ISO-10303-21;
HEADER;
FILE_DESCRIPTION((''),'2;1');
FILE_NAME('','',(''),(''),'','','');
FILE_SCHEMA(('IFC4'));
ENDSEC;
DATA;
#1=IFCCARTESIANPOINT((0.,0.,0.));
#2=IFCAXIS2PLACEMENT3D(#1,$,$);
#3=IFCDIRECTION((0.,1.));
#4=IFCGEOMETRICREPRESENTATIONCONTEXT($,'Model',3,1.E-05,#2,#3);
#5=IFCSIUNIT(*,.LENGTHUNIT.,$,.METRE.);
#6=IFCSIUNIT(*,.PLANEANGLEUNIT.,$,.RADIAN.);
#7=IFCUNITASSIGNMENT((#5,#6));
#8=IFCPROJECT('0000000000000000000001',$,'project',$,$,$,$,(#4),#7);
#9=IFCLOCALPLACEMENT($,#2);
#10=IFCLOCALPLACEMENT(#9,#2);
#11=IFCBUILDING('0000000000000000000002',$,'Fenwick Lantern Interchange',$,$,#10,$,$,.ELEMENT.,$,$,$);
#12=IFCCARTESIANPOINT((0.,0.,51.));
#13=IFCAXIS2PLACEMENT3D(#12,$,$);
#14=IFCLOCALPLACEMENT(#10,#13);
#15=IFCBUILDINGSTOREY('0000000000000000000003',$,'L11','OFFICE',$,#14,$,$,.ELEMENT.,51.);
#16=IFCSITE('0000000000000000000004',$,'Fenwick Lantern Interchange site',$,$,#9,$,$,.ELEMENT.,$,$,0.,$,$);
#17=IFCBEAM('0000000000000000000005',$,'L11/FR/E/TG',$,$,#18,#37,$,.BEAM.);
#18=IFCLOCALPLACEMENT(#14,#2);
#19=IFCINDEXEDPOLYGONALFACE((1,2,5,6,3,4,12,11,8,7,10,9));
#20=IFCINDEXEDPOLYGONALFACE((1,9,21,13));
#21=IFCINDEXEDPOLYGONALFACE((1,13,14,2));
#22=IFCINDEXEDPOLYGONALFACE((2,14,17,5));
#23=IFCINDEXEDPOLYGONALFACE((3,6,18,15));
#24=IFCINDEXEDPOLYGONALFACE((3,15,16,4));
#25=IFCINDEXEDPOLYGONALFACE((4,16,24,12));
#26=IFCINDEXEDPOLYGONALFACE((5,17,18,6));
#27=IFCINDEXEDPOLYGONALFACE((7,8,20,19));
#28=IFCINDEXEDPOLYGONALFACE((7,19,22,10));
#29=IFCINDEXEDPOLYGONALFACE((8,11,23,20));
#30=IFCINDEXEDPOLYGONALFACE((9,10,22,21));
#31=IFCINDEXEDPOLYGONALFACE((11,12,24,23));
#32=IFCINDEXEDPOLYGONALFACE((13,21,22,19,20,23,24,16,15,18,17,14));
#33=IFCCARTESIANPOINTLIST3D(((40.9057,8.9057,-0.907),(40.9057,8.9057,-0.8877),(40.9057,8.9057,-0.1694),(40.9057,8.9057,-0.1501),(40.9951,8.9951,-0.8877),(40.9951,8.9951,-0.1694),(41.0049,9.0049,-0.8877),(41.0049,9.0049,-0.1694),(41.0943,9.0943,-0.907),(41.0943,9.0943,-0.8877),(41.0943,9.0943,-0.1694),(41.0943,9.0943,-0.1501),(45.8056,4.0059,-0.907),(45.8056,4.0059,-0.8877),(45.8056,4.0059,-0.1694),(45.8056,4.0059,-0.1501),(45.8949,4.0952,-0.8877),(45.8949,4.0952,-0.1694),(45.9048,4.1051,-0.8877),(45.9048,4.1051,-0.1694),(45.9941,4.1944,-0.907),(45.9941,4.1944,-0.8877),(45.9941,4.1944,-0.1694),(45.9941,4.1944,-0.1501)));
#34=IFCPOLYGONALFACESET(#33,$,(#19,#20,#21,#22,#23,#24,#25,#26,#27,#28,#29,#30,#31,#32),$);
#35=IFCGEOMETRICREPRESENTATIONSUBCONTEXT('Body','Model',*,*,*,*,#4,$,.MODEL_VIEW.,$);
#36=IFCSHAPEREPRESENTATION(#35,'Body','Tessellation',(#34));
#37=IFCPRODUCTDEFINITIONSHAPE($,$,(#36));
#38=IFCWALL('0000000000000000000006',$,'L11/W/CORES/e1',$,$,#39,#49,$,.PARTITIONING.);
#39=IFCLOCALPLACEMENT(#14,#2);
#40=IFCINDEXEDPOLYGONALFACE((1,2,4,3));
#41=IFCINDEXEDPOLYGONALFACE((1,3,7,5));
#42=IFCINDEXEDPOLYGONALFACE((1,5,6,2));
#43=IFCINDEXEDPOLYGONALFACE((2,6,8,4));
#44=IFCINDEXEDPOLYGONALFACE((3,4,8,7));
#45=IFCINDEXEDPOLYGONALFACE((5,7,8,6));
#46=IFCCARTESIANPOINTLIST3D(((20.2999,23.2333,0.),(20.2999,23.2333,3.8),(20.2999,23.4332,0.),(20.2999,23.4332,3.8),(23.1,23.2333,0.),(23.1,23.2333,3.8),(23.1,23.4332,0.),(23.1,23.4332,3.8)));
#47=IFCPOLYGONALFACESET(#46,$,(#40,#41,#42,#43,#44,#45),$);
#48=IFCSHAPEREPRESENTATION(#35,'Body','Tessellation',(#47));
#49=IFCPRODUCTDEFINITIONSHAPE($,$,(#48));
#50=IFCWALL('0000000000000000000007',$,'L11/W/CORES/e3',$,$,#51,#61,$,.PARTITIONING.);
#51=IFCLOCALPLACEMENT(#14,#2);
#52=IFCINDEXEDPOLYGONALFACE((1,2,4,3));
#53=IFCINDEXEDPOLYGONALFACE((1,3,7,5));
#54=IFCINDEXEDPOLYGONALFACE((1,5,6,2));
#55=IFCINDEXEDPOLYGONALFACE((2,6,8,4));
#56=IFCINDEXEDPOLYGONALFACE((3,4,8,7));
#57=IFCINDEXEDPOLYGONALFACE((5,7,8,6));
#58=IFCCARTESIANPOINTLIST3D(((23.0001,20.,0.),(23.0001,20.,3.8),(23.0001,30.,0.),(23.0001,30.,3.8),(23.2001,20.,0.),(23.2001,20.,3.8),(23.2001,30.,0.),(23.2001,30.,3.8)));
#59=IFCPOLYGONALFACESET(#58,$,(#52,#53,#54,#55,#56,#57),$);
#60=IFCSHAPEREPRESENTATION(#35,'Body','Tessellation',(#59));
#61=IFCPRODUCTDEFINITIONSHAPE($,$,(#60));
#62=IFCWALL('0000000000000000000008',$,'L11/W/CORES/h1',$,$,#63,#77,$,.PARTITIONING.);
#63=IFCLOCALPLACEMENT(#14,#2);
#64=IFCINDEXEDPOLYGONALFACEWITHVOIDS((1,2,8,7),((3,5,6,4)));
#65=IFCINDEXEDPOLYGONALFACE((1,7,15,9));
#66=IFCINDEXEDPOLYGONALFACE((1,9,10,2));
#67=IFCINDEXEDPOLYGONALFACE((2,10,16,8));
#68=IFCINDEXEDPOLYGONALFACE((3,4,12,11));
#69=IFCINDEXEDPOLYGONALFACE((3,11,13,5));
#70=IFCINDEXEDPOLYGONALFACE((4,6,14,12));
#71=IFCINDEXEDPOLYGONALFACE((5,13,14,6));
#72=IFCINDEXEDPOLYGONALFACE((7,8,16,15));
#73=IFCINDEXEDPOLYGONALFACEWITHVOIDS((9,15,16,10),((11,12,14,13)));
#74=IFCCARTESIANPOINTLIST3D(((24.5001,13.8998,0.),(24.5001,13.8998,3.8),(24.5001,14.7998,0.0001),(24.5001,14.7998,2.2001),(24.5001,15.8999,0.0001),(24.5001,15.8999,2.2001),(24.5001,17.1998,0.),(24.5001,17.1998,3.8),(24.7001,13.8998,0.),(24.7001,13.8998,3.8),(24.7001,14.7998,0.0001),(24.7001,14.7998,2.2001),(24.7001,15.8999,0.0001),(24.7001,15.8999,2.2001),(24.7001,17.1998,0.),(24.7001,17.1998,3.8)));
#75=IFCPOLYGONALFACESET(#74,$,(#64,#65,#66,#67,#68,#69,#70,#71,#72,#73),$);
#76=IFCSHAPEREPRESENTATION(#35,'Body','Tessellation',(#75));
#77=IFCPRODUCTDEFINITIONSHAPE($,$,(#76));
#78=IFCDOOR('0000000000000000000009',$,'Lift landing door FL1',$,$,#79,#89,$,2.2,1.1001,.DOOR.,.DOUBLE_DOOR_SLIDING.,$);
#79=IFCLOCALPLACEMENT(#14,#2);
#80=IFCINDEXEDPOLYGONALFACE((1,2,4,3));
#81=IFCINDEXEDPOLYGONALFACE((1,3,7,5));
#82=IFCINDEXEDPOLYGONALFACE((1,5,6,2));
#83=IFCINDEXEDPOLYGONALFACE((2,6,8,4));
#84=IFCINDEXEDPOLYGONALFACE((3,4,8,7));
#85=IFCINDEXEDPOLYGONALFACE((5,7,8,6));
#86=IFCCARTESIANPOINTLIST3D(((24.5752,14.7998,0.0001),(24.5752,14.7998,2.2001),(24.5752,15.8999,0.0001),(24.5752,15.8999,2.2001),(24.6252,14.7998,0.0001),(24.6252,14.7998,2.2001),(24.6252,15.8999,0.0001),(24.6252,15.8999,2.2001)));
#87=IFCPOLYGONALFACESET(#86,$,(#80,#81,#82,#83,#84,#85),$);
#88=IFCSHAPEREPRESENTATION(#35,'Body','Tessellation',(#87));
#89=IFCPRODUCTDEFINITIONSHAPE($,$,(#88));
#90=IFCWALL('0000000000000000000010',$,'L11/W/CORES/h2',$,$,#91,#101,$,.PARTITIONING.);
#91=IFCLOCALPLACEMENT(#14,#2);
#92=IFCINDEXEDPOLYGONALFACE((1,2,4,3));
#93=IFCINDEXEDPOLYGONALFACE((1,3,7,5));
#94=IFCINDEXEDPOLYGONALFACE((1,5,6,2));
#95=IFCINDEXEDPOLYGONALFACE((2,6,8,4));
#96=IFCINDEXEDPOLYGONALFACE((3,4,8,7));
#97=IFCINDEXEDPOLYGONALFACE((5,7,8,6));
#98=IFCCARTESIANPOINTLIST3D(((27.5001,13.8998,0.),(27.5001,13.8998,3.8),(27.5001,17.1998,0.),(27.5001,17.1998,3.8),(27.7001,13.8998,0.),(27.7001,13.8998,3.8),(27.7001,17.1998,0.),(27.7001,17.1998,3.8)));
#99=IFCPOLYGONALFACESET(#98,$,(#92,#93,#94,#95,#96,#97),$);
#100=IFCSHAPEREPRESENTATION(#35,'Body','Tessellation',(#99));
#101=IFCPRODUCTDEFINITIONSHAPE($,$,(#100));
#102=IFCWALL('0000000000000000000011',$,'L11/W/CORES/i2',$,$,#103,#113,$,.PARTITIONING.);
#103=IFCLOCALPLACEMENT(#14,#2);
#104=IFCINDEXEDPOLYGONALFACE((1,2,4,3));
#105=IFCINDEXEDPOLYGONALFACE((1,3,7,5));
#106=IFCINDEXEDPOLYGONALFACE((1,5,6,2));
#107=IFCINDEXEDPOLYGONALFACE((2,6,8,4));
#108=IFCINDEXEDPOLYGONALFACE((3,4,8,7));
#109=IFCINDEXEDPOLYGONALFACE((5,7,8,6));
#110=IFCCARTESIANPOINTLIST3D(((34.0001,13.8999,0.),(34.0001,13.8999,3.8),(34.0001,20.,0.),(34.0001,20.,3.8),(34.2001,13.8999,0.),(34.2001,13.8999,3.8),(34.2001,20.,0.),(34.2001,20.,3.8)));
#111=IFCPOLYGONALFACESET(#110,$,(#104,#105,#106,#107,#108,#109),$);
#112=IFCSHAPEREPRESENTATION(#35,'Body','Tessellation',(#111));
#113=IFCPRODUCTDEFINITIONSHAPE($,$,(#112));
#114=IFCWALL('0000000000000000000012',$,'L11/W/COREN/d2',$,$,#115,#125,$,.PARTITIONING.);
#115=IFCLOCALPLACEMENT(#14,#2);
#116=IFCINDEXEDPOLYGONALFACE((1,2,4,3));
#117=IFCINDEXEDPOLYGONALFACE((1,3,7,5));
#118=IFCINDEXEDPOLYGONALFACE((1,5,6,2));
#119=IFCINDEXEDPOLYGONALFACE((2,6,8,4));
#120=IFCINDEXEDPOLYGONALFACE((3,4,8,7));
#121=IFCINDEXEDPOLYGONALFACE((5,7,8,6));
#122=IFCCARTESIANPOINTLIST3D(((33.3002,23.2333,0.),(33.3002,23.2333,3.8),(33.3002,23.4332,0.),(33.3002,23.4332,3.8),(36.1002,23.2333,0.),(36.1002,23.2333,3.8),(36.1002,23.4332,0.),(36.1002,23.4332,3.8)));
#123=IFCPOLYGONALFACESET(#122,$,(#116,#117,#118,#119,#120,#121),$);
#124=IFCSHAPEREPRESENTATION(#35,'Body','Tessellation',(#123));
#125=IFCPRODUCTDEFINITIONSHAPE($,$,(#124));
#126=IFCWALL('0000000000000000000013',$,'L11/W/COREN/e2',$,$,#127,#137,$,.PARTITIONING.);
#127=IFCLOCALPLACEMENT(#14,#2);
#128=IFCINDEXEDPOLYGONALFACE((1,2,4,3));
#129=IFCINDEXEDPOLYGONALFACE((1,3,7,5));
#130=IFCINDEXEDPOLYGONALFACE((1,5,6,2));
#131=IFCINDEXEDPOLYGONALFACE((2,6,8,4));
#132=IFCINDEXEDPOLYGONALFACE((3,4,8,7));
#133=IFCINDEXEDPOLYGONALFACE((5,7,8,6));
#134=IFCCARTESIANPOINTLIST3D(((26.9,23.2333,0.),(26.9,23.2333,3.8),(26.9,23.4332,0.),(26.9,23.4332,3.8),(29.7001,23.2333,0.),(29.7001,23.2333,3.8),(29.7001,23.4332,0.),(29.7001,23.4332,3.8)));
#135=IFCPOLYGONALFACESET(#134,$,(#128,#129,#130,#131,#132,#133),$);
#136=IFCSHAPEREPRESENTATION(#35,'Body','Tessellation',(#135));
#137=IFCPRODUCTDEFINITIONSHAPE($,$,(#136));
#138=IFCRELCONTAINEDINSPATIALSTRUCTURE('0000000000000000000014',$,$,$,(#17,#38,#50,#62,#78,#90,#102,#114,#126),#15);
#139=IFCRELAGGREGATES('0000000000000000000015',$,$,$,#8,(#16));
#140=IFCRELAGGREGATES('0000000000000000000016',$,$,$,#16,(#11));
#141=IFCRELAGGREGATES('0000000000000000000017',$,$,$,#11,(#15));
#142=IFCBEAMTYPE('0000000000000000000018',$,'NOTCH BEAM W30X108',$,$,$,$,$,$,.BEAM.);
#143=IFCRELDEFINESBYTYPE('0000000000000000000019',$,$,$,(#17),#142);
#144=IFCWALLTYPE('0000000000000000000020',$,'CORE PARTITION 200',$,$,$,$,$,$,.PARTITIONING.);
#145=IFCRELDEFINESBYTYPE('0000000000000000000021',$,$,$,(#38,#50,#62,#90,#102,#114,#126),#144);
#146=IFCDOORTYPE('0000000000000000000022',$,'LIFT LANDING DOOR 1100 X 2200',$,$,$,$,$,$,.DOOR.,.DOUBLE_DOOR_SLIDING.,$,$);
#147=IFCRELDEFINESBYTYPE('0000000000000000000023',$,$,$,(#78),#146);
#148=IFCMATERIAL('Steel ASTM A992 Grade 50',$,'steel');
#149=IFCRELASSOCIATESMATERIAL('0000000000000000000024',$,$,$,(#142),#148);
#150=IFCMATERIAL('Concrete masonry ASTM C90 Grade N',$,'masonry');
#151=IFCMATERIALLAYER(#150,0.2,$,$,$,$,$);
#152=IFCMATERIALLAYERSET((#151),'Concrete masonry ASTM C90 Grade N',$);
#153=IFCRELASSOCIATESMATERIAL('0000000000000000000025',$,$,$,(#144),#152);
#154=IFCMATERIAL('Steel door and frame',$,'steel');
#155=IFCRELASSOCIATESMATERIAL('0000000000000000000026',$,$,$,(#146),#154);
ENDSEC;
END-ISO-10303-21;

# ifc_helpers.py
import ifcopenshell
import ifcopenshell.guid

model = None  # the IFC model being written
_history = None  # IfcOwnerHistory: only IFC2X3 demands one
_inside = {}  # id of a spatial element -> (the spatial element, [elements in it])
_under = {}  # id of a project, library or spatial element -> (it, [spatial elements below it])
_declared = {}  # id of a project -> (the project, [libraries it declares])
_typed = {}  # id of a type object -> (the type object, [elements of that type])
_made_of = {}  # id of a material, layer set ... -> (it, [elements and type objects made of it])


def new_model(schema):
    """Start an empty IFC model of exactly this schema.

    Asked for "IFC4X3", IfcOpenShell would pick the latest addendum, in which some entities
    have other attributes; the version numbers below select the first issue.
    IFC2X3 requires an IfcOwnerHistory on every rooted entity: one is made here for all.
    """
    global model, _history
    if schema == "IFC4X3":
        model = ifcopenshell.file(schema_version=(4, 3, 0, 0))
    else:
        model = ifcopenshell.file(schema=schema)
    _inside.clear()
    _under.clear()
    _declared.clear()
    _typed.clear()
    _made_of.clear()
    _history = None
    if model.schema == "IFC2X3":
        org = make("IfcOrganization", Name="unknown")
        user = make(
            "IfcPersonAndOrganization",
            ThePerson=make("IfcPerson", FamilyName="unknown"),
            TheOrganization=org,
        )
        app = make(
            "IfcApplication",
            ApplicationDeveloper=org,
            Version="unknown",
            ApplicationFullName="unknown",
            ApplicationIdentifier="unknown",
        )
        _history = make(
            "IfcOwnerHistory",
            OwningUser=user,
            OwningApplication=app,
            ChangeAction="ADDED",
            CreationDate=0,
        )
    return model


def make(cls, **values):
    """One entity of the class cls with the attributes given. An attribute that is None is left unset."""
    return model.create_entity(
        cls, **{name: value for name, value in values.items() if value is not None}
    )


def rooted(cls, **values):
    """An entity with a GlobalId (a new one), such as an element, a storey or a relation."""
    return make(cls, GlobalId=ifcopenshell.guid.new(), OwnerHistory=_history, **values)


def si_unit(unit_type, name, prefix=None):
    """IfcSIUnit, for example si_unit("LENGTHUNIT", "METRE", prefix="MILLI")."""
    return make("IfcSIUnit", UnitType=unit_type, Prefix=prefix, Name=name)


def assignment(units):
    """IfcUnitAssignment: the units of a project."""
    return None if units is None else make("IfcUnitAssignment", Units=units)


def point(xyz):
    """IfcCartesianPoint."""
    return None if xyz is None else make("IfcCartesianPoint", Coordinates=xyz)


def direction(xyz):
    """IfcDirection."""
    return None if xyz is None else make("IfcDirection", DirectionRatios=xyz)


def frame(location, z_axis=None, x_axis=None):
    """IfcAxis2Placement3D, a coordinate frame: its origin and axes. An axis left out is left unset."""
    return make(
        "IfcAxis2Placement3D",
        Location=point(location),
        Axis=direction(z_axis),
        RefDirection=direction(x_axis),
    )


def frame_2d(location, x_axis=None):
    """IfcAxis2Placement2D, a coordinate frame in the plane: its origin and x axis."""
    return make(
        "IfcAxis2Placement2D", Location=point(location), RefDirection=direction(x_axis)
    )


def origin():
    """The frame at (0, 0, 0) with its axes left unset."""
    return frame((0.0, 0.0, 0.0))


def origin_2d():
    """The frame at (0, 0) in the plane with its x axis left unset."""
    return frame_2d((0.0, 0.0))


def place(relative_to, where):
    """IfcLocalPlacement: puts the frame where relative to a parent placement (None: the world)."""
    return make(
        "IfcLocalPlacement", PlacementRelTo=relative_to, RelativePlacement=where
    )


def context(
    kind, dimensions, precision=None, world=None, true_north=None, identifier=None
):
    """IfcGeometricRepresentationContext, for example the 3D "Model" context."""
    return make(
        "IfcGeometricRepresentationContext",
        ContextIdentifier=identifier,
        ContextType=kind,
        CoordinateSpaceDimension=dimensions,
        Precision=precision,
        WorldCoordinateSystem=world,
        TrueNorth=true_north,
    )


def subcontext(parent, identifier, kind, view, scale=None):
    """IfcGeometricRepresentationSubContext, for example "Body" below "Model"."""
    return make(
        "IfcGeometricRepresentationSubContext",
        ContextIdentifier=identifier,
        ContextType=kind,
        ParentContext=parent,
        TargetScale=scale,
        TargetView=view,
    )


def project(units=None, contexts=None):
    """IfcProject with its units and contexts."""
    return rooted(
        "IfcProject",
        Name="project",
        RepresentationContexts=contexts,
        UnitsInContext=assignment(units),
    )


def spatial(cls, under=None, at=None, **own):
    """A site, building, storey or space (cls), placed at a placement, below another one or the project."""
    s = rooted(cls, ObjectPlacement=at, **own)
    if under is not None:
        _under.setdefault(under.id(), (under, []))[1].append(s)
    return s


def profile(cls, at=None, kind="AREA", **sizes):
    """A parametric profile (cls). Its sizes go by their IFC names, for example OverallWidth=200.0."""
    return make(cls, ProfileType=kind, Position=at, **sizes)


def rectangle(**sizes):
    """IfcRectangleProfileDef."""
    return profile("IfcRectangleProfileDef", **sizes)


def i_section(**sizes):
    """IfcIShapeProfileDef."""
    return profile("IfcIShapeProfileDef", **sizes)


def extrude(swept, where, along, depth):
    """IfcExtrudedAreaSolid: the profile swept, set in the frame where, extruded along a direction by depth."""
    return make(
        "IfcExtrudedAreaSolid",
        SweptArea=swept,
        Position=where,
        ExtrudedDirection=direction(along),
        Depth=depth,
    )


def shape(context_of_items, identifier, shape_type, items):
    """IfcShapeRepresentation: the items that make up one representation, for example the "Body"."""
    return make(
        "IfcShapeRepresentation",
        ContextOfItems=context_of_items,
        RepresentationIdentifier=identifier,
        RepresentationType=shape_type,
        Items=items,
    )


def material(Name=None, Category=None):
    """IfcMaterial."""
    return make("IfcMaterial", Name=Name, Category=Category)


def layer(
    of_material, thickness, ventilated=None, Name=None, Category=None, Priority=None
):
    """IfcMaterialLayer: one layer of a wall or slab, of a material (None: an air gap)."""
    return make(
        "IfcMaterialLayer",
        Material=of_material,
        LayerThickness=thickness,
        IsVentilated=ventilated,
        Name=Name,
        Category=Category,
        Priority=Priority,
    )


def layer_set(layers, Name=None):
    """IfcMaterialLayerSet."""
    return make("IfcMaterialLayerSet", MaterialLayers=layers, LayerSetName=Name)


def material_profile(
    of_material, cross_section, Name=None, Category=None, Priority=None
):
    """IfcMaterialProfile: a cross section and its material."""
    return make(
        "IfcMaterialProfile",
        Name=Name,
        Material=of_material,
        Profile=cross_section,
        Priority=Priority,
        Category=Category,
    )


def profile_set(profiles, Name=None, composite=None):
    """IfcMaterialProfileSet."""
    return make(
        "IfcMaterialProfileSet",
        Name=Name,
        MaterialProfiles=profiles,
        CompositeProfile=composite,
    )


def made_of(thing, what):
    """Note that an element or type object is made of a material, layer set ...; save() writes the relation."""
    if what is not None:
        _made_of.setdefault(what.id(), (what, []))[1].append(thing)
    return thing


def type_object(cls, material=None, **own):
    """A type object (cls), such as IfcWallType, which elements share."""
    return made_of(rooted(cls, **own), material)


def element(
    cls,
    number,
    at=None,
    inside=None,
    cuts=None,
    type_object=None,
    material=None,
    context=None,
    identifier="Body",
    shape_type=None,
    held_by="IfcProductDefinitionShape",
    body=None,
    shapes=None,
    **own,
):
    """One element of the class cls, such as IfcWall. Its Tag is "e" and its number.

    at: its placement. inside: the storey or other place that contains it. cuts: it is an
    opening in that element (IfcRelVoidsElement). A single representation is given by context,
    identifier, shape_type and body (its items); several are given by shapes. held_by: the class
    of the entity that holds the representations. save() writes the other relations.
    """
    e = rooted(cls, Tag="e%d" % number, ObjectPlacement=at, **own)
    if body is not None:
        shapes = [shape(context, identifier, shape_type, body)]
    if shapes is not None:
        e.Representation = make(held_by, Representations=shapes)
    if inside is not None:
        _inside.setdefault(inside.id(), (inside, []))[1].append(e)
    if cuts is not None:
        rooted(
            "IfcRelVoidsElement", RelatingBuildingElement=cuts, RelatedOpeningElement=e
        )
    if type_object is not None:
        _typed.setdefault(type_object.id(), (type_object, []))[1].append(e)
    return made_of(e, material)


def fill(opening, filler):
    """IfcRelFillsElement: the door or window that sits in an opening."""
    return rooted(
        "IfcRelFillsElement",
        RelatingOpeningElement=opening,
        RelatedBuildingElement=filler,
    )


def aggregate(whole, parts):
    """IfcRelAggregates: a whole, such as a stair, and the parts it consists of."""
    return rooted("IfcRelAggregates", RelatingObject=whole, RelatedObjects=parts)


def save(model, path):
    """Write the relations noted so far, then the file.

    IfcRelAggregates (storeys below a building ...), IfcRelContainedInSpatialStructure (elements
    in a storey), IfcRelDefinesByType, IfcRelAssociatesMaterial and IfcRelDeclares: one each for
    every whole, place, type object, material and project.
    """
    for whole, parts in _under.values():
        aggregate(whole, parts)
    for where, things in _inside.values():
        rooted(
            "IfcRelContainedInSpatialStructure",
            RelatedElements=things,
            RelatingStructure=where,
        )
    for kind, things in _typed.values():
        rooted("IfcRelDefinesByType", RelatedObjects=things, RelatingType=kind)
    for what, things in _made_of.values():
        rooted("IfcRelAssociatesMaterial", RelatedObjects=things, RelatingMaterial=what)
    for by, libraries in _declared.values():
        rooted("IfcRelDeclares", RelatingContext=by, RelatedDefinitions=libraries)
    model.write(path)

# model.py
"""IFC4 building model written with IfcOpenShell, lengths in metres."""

from ifc_helpers import new_model, si_unit, direction, frame, frame_2d, origin, origin_2d, place, context, subcontext, project, spatial, rectangle, i_section, extrude, material, layer, layer_set, material_profile, profile_set, type_object, element, fill, save


model = new_model("IFC4")

# Units and contexts
model_context = context("Model", 3, precision=1e-05, world=origin(), true_north=direction((0.0, 1.0)))
body_context = subcontext(model_context, "Body", "Model", "MODEL_VIEW")
ifc_project = project(units=[si_unit("LENGTHUNIT", "METRE"), si_unit("PLANEANGLEUNIT", "RADIAN")], contexts=[model_context])

# Site, building, storey
site_placement = place(None, origin())
site = spatial("IfcSite", under=ifc_project, at=site_placement, Name="Fenwick Lantern Interchange site", CompositionType="ELEMENT", RefElevation=0.0)
building_placement = place(site_placement, origin())
building = spatial("IfcBuilding", under=site, at=building_placement, Name="Fenwick Lantern Interchange", CompositionType="ELEMENT")
storey_placement = place(building_placement, frame((0.0, 0.0, 51.0)))
storey = spatial("IfcBuildingStorey", under=building, at=storey_placement, Name="L11", Description="OFFICE", CompositionType="ELEMENT", Elevation=51.0)

# Beam
ifc_material_1 = material(Name="Steel ASTM A992 Grade 50", Category="steel")
ifc_material_profile_1 = material_profile(ifc_material_1, i_section(OverallWidth=0.2666, OverallDepth=0.7568, WebThickness=0.0139, FlangeThickness=0.0193, at=origin_2d()), Name="W30X108")
ifc_profile_set_1 = profile_set([ifc_material_profile_1], Name="Steel ASTM A992 Grade 50")
beam_type_1 = type_object("IfcBeamType", Name="NOTCH BEAM W30X108", PredefinedType="BEAM", material=ifc_profile_set_1)
beam_1_placement = place(storey_placement, frame((41.0, 9.0, -0.5286), z_axis=(0.707107, -0.707107, 0.0), x_axis=(0.707107, 0.707107, 0.0)))
element("IfcBeam", 1, at=beam_1_placement, inside=storey, type_object=beam_type_1, Name="L11/FR/E/TG", PredefinedType="BEAM", context=body_context, shape_type="SweptSolid", body=[
    extrude(i_section(OverallWidth=0.2666, OverallDepth=0.7568, WebThickness=0.0139, FlangeThickness=0.0193, at=origin_2d()), origin(), (0.0, 0.0, 1.0), 6.9294),
])

# Walls
ifc_material_2 = material(Name="Concrete masonry ASTM C90 Grade N", Category="masonry")
ifc_layer_1 = layer(ifc_material_2, 0.2)
ifc_layer_set_1 = layer_set([ifc_layer_1], Name="Concrete masonry ASTM C90 Grade N")
wall_type_1 = type_object("IfcWallType", Name="CORE PARTITION 200", PredefinedType="PARTITIONING", material=ifc_layer_set_1)
wall_1_placement = place(storey_placement, frame((20.3, 23.3333, 0.0), z_axis=(0.0, 0.0, 1.0), x_axis=(1.0, 0.0, 0.0)))
element("IfcWall", 2, at=wall_1_placement, inside=storey, type_object=wall_type_1, Name="L11/W/CORES/e1", PredefinedType="PARTITIONING", context=body_context, shape_type="SweptSolid", body=[
    extrude(rectangle(XDim=2.8, YDim=0.2, at=frame_2d((1.3999, 0.0))), origin(), (0.0, 0.0, 1.0), 3.8),
])
wall_2_placement = place(storey_placement, frame((23.1001, 20.0, 0.0), z_axis=(0.0, 0.0, 1.0), x_axis=(0.0, 1.0, 0.0)))
element("IfcWall", 3, at=wall_2_placement, inside=storey, type_object=wall_type_1, Name="L11/W/CORES/e3", PredefinedType="PARTITIONING", context=body_context, shape_type="SweptSolid", body=[
    extrude(rectangle(XDim=10.0, YDim=0.2, at=frame_2d((5.0, 0.0))), origin(), (0.0, 0.0, 1.0), 3.8),
])

# Wall, opening, door
wall_3_placement = place(storey_placement, frame((24.6001, 13.8999, 0.0), z_axis=(0.0, 0.0, 1.0), x_axis=(0.0, 1.0, 0.0)))
wall_3 = element("IfcWall", 4, at=wall_3_placement, inside=storey, type_object=wall_type_1, Name="L11/W/CORES/h1", PredefinedType="PARTITIONING", context=body_context, shape_type="SweptSolid", body=[
    extrude(rectangle(XDim=3.3, YDim=0.2, at=frame_2d((1.6499, 0.0))), origin(), (0.0, 0.0, 1.0), 3.8),
])
opening_1_placement = place(wall_3_placement, frame((0.8999, 0.0, 0.0)))
opening_1 = element("IfcOpeningElement", 5, at=opening_1_placement, cuts=wall_3, PredefinedType="OPENING", context=body_context, shape_type="SweptSolid", body=[
    extrude(rectangle(XDim=1.1001, YDim=2.2, at=frame_2d((0.55, 1.1001))), frame((0.0, 0.1099, 0.0), z_axis=(0.0, -1.0, 0.0), x_axis=(1.0, 0.0, 0.0)), (0.0, 0.0, 1.0), 0.22),
])
ifc_material_3 = material(Name="Steel door and frame", Category="steel")
door_type_1 = type_object("IfcDoorType", Name="LIFT LANDING DOOR 1100 X 2200", OperationType="DOUBLE_DOOR_SLIDING", PredefinedType="DOOR", material=ifc_material_3)
door_1_placement = place(opening_1_placement, origin())
door_1 = element("IfcDoor", 6, at=door_1_placement, inside=storey, type_object=door_type_1, Name="Lift landing door FL1", OperationType="DOUBLE_DOOR_SLIDING", OverallHeight=2.2, OverallWidth=1.1001, PredefinedType="DOOR", context=body_context, shape_type="SweptSolid", body=[
    extrude(rectangle(XDim=1.1001, YDim=2.2, at=frame_2d((0.55, 1.1001))), frame((0.0, 0.0249, 0.0), z_axis=(0.0, -1.0, 0.0), x_axis=(1.0, 0.0, 0.0)), (0.0, 0.0, 1.0), 0.05),
])
fill(opening_1, door_1)

# Walls
wall_4_placement = place(storey_placement, frame((27.6001, 13.8999, 0.0), z_axis=(0.0, 0.0, 1.0), x_axis=(0.0, 1.0, 0.0)))
element("IfcWall", 7, at=wall_4_placement, inside=storey, type_object=wall_type_1, Name="L11/W/CORES/h2", PredefinedType="PARTITIONING", context=body_context, shape_type="SweptSolid", body=[
    extrude(rectangle(XDim=3.3, YDim=0.2, at=frame_2d((1.6499, 0.0))), origin(), (0.0, 0.0, 1.0), 3.8),
])
wall_5_placement = place(storey_placement, frame((34.1001, 13.8999, 0.0), z_axis=(0.0, 0.0, 1.0), x_axis=(0.0, 1.0, 0.0)))
element("IfcWall", 8, at=wall_5_placement, inside=storey, type_object=wall_type_1, Name="L11/W/CORES/i2", PredefinedType="PARTITIONING", context=body_context, shape_type="SweptSolid", body=[
    extrude(rectangle(XDim=6.1001, YDim=0.2, at=frame_2d((3.05, 0.0))), origin(), (0.0, 0.0, 1.0), 3.8),
])
for number, where, z_axis, x_axis, name in (
    (9, (36.1001, 23.3333, 0.0), (0.0, 0.0, 1.0), (-1.0, 0.0, 0.0), "L11/W/COREN/d2"),
    (10, (29.7, 23.3333, 0.0), (0.0, 0.0, 1.0), (-1.0, 0.0, 0.0), "L11/W/COREN/e2"),
):
    element("IfcWall", number, at=place(storey_placement, frame(where, z_axis=z_axis, x_axis=x_axis)), inside=storey, type_object=wall_type_1, Name=name, PredefinedType="PARTITIONING", context=body_context, shape_type="SweptSolid", body=[
        extrude(rectangle(XDim=2.8, YDim=0.2, at=frame_2d((1.3999, 0.0))), origin(), (0.0, 0.0, 1.0), 3.8),
    ])

save(model, "model.ifc")
